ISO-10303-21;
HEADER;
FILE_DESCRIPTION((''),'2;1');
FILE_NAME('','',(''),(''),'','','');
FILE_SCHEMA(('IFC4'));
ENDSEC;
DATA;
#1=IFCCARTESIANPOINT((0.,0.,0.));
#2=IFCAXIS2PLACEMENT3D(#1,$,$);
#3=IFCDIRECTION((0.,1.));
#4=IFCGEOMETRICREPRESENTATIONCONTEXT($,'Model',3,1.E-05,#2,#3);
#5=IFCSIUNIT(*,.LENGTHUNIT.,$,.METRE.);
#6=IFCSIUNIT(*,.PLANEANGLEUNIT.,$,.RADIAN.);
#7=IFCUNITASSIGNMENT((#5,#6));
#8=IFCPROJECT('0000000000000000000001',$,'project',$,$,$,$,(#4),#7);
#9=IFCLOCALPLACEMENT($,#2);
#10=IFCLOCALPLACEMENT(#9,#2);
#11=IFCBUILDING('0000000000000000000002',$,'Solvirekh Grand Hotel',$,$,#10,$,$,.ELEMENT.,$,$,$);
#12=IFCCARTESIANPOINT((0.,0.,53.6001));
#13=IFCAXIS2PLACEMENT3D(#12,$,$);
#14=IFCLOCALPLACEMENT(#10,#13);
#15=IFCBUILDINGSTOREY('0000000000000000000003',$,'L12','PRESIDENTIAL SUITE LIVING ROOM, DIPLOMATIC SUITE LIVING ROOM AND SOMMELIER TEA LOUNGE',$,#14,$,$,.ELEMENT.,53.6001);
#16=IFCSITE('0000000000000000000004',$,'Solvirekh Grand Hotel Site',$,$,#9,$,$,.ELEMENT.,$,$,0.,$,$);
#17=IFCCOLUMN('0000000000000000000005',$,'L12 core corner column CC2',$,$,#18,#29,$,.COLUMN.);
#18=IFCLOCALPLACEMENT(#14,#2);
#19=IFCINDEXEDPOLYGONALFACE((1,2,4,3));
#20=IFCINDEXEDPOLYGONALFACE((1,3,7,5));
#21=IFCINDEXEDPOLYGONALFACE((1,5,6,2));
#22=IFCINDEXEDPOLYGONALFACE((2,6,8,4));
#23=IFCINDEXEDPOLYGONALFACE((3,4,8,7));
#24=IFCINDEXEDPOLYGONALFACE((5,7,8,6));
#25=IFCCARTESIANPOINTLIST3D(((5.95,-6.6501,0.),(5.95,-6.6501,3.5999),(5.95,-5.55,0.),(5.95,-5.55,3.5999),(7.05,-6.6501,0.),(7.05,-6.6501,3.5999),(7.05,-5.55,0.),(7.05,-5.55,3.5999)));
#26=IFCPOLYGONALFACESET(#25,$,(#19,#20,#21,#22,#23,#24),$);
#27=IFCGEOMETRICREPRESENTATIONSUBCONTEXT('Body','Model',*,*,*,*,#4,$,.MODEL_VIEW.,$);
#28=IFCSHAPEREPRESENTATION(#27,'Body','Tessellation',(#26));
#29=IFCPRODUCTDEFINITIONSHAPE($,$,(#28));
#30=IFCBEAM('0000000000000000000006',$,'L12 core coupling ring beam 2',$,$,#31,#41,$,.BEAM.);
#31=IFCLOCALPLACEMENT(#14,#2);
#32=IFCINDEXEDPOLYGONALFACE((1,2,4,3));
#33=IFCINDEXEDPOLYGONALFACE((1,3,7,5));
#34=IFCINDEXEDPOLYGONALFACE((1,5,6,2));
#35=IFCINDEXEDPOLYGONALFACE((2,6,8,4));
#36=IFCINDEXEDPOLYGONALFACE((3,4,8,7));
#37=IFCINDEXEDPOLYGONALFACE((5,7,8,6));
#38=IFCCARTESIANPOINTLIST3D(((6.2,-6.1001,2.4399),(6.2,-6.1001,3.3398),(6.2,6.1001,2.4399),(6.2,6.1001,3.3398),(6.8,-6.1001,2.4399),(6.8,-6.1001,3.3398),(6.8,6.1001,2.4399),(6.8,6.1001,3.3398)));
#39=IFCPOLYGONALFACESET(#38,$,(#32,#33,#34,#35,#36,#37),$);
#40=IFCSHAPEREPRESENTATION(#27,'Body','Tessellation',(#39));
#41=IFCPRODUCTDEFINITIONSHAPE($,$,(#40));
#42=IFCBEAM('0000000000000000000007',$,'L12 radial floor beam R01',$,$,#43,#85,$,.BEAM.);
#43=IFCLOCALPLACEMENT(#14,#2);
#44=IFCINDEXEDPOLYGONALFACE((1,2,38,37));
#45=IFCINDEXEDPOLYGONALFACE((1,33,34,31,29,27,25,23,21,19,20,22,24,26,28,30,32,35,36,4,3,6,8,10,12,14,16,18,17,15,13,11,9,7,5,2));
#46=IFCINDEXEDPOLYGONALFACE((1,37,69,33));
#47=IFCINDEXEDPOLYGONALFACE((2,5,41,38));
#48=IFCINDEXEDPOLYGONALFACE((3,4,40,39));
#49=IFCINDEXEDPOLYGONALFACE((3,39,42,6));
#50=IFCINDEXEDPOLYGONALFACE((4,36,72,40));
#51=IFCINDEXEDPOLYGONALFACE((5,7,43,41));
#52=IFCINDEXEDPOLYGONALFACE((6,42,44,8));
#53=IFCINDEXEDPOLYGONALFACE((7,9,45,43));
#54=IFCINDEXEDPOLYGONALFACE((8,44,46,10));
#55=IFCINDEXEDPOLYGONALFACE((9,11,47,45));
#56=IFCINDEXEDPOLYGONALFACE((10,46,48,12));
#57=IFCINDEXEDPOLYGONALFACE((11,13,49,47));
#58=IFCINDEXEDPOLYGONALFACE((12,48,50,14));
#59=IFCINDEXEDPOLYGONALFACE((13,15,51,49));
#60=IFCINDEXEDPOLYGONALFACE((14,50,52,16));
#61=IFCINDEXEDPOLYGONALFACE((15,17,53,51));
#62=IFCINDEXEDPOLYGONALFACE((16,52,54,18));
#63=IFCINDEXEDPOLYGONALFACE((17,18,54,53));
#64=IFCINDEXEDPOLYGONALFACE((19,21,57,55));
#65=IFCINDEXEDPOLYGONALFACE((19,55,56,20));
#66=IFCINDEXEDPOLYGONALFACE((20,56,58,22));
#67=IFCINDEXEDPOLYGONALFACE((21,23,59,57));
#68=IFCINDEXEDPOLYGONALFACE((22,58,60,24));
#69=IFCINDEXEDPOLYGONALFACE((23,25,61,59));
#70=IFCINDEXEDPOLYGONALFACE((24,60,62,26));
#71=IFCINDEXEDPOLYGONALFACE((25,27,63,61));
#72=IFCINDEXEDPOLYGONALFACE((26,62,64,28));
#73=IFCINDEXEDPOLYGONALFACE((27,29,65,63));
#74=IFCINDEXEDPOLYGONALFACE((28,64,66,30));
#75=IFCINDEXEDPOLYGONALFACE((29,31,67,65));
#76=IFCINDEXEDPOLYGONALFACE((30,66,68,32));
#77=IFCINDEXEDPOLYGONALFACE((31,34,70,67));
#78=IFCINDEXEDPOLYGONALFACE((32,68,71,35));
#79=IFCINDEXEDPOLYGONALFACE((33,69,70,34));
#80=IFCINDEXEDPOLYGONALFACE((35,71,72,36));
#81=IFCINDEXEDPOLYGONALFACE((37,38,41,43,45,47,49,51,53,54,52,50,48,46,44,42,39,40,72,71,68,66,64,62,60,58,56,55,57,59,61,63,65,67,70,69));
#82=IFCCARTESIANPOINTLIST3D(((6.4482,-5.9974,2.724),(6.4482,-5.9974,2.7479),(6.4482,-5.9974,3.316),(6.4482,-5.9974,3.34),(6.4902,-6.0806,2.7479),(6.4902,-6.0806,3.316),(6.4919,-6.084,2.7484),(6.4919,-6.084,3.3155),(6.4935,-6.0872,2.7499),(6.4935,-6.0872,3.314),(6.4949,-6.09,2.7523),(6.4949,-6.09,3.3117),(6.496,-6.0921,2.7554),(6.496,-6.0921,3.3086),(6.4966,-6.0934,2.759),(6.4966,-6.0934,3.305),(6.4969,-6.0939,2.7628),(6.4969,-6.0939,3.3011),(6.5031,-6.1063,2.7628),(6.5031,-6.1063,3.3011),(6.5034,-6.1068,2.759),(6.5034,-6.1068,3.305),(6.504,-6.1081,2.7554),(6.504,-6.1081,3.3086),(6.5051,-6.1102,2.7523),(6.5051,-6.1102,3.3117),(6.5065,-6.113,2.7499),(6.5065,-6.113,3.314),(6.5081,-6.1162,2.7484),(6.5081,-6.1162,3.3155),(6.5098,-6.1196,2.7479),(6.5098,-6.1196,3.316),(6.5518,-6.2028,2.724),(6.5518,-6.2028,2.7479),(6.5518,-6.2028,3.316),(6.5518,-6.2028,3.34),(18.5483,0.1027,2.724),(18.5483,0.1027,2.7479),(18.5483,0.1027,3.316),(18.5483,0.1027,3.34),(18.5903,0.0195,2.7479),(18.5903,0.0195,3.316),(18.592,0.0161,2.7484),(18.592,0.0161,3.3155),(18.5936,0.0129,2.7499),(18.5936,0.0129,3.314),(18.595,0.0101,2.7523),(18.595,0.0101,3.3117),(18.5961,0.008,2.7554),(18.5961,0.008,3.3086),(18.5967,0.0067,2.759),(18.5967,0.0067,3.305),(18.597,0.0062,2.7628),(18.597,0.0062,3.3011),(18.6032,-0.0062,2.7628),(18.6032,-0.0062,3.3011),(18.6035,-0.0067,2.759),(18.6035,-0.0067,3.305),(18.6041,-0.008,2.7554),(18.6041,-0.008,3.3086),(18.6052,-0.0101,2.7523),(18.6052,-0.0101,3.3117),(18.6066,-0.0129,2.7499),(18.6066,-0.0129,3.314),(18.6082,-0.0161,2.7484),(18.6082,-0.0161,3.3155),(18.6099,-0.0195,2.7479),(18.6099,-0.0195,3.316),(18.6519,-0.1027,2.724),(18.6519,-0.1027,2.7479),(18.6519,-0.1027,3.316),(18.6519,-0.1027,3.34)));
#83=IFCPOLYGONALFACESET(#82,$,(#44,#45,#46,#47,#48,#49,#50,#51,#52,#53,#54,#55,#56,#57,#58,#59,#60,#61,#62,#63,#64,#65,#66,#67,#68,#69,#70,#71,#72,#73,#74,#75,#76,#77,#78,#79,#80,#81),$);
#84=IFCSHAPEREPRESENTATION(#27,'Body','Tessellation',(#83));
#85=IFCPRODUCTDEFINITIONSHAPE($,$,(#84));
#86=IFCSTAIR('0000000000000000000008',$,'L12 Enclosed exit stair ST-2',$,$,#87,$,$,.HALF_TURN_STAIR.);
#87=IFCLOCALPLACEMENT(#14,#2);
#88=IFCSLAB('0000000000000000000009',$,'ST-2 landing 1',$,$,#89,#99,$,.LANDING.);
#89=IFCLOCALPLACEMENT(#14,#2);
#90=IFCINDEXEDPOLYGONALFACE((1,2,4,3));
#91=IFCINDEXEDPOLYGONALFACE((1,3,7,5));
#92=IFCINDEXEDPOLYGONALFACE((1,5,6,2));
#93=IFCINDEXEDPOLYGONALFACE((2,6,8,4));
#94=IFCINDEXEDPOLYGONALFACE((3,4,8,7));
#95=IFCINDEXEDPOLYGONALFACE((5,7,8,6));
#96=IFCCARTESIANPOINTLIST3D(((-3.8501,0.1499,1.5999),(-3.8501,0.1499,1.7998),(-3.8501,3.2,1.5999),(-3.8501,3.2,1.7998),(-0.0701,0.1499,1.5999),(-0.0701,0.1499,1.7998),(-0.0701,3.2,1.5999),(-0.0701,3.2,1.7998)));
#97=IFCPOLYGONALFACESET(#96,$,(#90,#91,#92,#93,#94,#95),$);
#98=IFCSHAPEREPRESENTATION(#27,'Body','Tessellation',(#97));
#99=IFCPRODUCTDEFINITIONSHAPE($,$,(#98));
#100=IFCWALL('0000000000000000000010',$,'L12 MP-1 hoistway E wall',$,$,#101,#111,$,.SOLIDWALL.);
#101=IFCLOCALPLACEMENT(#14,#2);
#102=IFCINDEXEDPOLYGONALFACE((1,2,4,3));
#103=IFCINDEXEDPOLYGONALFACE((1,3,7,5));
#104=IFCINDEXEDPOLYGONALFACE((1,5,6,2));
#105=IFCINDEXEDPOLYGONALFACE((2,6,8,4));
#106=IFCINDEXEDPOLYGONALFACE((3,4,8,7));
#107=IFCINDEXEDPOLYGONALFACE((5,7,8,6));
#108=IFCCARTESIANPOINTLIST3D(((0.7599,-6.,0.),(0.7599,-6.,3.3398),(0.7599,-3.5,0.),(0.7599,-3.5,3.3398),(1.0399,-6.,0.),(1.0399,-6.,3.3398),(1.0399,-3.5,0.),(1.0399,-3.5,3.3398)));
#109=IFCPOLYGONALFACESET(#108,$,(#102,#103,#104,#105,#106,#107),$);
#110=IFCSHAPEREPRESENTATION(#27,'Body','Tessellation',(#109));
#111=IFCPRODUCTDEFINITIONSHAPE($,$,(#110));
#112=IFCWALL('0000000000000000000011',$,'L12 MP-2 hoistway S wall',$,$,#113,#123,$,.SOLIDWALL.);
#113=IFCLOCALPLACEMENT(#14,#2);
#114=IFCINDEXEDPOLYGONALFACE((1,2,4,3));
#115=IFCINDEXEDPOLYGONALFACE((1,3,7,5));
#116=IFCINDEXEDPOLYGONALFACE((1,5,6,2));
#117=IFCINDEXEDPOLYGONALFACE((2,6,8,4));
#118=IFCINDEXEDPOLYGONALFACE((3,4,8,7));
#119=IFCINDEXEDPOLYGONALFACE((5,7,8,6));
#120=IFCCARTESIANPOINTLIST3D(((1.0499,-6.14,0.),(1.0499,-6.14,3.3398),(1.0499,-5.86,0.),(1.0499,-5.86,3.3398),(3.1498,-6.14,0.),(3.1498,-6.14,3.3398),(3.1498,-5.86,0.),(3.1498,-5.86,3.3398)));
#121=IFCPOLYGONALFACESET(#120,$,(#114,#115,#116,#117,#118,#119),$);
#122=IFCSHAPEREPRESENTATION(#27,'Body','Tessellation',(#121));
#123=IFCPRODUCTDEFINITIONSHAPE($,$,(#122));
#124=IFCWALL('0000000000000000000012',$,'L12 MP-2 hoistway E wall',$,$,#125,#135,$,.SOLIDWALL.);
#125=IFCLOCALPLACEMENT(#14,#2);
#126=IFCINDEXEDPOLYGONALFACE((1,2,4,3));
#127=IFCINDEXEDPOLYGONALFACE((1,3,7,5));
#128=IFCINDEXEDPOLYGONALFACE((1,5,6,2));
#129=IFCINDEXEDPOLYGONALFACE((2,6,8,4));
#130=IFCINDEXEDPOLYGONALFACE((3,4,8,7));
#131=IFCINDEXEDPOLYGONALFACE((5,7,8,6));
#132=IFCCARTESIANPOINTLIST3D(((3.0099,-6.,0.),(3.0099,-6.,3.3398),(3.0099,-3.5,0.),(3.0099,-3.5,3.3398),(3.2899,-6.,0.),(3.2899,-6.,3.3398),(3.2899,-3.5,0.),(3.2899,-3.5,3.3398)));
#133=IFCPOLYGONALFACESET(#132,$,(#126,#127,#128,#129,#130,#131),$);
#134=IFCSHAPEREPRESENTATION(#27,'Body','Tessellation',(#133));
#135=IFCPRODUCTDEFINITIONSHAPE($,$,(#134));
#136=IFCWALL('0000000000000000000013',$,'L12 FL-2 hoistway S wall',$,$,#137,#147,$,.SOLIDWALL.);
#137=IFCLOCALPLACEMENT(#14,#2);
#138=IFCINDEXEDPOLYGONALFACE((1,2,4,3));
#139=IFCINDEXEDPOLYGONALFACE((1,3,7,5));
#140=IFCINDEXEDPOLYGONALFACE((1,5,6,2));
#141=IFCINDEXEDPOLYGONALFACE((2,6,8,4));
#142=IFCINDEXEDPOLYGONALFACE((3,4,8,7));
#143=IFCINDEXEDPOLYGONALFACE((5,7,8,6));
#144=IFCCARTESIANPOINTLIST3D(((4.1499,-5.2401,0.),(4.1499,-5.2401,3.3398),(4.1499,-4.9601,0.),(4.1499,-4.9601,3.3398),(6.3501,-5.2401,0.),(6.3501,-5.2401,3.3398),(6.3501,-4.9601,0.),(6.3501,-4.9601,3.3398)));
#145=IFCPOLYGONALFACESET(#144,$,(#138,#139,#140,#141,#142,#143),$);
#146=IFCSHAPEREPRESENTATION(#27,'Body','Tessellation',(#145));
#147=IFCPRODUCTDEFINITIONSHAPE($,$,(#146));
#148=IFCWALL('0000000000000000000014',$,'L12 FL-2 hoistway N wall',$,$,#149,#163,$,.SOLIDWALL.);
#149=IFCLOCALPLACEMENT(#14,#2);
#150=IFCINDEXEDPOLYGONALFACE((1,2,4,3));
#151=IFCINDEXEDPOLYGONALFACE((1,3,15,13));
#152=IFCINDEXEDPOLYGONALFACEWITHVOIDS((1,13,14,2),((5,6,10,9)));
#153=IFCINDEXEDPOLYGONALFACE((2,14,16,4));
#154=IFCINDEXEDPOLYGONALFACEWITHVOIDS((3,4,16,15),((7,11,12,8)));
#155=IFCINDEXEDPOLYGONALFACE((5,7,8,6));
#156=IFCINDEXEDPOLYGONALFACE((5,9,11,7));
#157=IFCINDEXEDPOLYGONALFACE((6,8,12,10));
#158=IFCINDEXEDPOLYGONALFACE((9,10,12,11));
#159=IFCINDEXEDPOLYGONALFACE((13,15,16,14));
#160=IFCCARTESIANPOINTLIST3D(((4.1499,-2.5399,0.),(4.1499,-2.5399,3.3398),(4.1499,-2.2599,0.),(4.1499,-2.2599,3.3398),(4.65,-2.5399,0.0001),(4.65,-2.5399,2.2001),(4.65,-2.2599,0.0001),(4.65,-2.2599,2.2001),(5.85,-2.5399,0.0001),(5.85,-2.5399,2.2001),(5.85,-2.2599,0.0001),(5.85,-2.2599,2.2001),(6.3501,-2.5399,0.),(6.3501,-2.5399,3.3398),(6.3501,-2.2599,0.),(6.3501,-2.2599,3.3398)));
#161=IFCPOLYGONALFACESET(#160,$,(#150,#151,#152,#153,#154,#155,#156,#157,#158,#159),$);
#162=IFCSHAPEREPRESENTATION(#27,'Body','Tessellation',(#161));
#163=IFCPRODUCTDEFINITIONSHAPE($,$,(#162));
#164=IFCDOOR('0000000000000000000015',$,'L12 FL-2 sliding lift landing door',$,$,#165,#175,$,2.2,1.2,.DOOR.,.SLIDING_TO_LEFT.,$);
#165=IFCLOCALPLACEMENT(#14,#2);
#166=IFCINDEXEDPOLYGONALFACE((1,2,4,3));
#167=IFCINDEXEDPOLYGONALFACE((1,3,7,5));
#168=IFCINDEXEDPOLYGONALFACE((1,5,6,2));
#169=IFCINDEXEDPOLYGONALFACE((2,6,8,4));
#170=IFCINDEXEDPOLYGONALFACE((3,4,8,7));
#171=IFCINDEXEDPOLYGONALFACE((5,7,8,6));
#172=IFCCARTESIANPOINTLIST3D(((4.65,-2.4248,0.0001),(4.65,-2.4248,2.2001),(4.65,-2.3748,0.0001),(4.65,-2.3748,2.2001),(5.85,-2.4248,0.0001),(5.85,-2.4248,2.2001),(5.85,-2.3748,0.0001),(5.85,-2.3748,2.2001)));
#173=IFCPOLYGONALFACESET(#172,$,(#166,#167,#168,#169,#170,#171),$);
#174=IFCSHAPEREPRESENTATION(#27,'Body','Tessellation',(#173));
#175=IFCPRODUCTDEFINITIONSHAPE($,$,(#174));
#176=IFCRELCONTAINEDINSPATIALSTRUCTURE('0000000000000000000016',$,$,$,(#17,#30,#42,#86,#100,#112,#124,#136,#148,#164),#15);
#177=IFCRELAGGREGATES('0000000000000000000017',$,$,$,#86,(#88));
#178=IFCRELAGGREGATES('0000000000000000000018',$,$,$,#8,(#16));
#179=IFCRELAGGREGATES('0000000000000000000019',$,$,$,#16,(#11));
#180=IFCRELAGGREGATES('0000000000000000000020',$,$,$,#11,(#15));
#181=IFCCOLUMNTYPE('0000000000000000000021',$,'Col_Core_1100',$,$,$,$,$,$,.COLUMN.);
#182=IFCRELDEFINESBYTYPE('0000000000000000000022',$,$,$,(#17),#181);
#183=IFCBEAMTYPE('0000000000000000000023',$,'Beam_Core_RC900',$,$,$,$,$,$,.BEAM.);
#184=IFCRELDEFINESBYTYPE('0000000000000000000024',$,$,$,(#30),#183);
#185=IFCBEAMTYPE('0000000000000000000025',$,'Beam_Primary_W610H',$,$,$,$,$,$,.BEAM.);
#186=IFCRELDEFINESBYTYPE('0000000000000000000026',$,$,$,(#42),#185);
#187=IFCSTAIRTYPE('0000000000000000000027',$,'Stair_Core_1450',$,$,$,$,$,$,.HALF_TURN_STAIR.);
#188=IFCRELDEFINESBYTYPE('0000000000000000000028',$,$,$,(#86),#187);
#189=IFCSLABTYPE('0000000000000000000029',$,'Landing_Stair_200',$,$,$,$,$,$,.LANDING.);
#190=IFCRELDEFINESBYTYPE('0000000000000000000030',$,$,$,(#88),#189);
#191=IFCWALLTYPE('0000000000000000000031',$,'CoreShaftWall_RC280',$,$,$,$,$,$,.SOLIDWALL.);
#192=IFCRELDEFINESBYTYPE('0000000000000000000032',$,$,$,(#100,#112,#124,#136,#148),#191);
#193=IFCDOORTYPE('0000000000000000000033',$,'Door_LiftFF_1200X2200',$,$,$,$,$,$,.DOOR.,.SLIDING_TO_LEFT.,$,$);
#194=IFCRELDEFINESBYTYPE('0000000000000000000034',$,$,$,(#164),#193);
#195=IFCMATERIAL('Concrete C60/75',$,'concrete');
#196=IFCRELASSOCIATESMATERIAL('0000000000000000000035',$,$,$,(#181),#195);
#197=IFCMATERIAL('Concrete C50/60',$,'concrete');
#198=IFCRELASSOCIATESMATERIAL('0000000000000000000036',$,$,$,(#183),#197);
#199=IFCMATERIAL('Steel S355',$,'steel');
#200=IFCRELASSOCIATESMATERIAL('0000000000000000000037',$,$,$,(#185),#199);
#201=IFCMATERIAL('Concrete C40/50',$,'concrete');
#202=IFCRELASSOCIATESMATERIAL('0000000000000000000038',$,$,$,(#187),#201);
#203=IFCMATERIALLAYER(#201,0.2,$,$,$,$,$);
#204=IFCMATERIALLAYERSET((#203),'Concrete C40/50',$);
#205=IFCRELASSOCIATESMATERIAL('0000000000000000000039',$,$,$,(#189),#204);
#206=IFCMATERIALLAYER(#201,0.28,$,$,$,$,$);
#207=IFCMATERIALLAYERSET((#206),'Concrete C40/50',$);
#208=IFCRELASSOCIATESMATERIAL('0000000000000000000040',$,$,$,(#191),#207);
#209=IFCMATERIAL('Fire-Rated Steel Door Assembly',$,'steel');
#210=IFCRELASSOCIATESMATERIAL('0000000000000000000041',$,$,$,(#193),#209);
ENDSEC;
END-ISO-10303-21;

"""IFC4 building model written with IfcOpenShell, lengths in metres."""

from ifc_helpers import new_model, si_unit, direction, frame, frame_2d, origin, origin_2d, place, context, subcontext, project, spatial, polyline, rectangle, i_section, outline, extrude, material, layer, layer_set, material_profile, profile_set, type_object, element, fill, aggregate, save


model = new_model("IFC4")

# Units and contexts
model_context = context("Model", 3, precision=1e-05, world=origin(), true_north=direction((0.0, 1.0)))
body_context = subcontext(model_context, "Body", "Model", "MODEL_VIEW")
ifc_project = project(units=[si_unit("LENGTHUNIT", "METRE"), si_unit("PLANEANGLEUNIT", "RADIAN")], contexts=[model_context])

# Site, building, storey
site_placement = place(None, origin())
site = spatial("IfcSite", under=ifc_project, at=site_placement, Name="Solvirekh Grand Hotel Site", CompositionType="ELEMENT", RefElevation=0.0)
building_placement = place(site_placement, origin())
building = spatial("IfcBuilding", under=site, at=building_placement, Name="Solvirekh Grand Hotel", CompositionType="ELEMENT")
storey_placement = place(building_placement, frame((0.0, 0.0, 53.6001)))
storey = spatial("IfcBuildingStorey", under=building, at=storey_placement, Name="L12", Description="PRESIDENTIAL SUITE LIVING ROOM, DIPLOMATIC SUITE LIVING ROOM AND SOMMELIER TEA LOUNGE", CompositionType="ELEMENT", Elevation=53.6001)

# Column
ifc_material_1 = material(Name="Concrete C60/75", Category="concrete")
ifc_material_profile_1 = material_profile(ifc_material_1, rectangle(XDim=1.1001, YDim=1.1001, at=origin_2d()), Name="RC 1100X1100")
ifc_profile_set_1 = profile_set([ifc_material_profile_1], Name="Concrete C60/75")
column_type = type_object("IfcColumnType", Name="Col_Core_1100", PredefinedType="COLUMN", material=ifc_profile_set_1)
column_placement = place(storey_placement, frame((6.5, -6.1001, 0.0), z_axis=(0.0, 0.0, 1.0), x_axis=(1.0, 0.0, 0.0)))
element("IfcColumn", 1, at=column_placement, inside=storey, type_object=column_type, Name="L12 core corner column CC2", PredefinedType="COLUMN", context=body_context, shape_type="SweptSolid", body=[
    extrude(rectangle(XDim=1.1001, YDim=1.1001, at=origin_2d()), origin(), (0.0, 0.0, 1.0), 3.5999),
])

# Beams
ifc_material_2 = material(Name="Concrete C50/60", Category="concrete")
ifc_material_profile_2 = material_profile(ifc_material_2, rectangle(XDim=0.6001, YDim=0.8999, at=origin_2d()), Name="RC BEAM 600X900")
ifc_profile_set_2 = profile_set([ifc_material_profile_2], Name="Concrete C50/60")
beam_type_1 = type_object("IfcBeamType", Name="Beam_Core_RC900", PredefinedType="BEAM", material=ifc_profile_set_2)
beam_1_placement = place(storey_placement, frame((6.5, -6.1001, 2.8899), z_axis=(0.0, 1.0, 0.0), x_axis=(-1.0, 0.0, 0.0)))
element("IfcBeam", 2, at=beam_1_placement, inside=storey, type_object=beam_type_1, Name="L12 core coupling ring beam 2", PredefinedType="BEAM", context=body_context, shape_type="SweptSolid", body=[
    extrude(rectangle(XDim=0.6001, YDim=0.8999, at=origin_2d()), origin(), (0.0, 0.0, 1.0), 12.2002),
])
ifc_material_3 = material(Name="Steel S355", Category="steel")
ifc_material_profile_3 = material_profile(ifc_material_3, i_section(OverallWidth=0.23, OverallDepth=0.616, WebThickness=0.0139, FlangeThickness=0.0239, FilletRadius=0.0149, at=origin_2d()), Name="W610X174")
ifc_profile_set_3 = profile_set([ifc_material_profile_3], Name="Steel S355")
beam_type_2 = type_object("IfcBeamType", Name="Beam_Primary_W610H", PredefinedType="BEAM", material=ifc_profile_set_3)
beam_2_placement = place(storey_placement, frame((6.5, -6.1001, 3.032), z_axis=(0.892945, 0.450166, 0.0), x_axis=(-0.450166, 0.892945, 0.0)))
element("IfcBeam", 3, at=beam_2_placement, inside=storey, type_object=beam_type_2, Name="L12 radial floor beam R01", PredefinedType="BEAM", context=body_context, shape_type="SweptSolid", body=[
    extrude(i_section(OverallWidth=0.23, OverallDepth=0.616, WebThickness=0.0139, FlangeThickness=0.0239, FilletRadius=0.0149, at=origin_2d()), origin(), (0.0, 0.0, 1.0), 13.5508),
])

# Stair, slab
ifc_material_4 = material(Name="Concrete C40/50", Category="concrete")
stair_type = type_object("IfcStairType", Name="Stair_Core_1450", PredefinedType="HALF_TURN_STAIR", material=ifc_material_4)
stair_1_placement = place(storey_placement, origin())
stair_1 = element("IfcStair", 4, at=stair_1_placement, inside=storey, type_object=stair_type, Name="L12 Enclosed exit stair ST-2", PredefinedType="HALF_TURN_STAIR")
ifc_layer_1 = layer(ifc_material_4, 0.2)
ifc_layer_set_1 = layer_set([ifc_layer_1], Name="Concrete C40/50")
slab_type = type_object("IfcSlabType", Name="Landing_Stair_200", PredefinedType="LANDING", material=ifc_layer_set_1)
slab_placement = place(storey_placement, frame((0.0, 0.0, 1.5999)))
slab = element("IfcSlab", 5, at=slab_placement, type_object=slab_type, Name="ST-2 landing 1", PredefinedType="LANDING", context=body_context, shape_type="SweptSolid", body=[
    extrude(outline(polyline([(-0.0701, 3.2), (-3.8501, 3.2), (-3.8501, 0.1499), (-0.0701, 0.1499), (-0.0701, 3.2)])), origin(), (0.0, 0.0, 1.0), 0.2),
])
aggregate(stair_1, [slab])

# Walls
ifc_layer_2 = layer(ifc_material_4, 0.28)
ifc_layer_set_2 = layer_set([ifc_layer_2], Name="Concrete C40/50")
wall_type_1 = type_object("IfcWallType", Name="CoreShaftWall_RC280", PredefinedType="SOLIDWALL", material=ifc_layer_set_2)
wall_1_placement = place(storey_placement, frame((0.8999, -6.0, 0.0), z_axis=(0.0, 0.0, 1.0), x_axis=(0.0, 1.0, 0.0)))
element("IfcWall", 6, at=wall_1_placement, inside=storey, type_object=wall_type_1, Name="L12 MP-1 hoistway E wall", PredefinedType="SOLIDWALL", context=body_context, shape_type="SweptSolid", body=[
    extrude(rectangle(XDim=2.5, YDim=0.28, at=frame_2d((1.25, 0.0))), origin(), (0.0, 0.0, 1.0), 3.3398),
])
wall_2_placement = place(storey_placement, frame((1.05, -6.0, 0.0), z_axis=(0.0, 0.0, 1.0), x_axis=(1.0, 0.0, 0.0)))
element("IfcWall", 7, at=wall_2_placement, inside=storey, type_object=wall_type_1, Name="L12 MP-2 hoistway S wall", PredefinedType="SOLIDWALL", context=body_context, shape_type="SweptSolid", body=[
    extrude(rectangle(XDim=2.0999, YDim=0.28, at=frame_2d((1.0498, 0.0))), origin(), (0.0, 0.0, 1.0), 3.3398),
])
wall_3_placement = place(storey_placement, frame((3.1499, -6.0, 0.0), z_axis=(0.0, 0.0, 1.0), x_axis=(0.0, 1.0, 0.0)))
element("IfcWall", 8, at=wall_3_placement, inside=storey, type_object=wall_type_1, Name="L12 MP-2 hoistway E wall", PredefinedType="SOLIDWALL", context=body_context, shape_type="SweptSolid", body=[
    extrude(rectangle(XDim=2.5, YDim=0.28, at=frame_2d((1.25, 0.0))), origin(), (0.0, 0.0, 1.0), 3.3398),
])
wall_4_placement = place(storey_placement, frame((4.1499, -5.1001, 0.0), z_axis=(0.0, 0.0, 1.0), x_axis=(1.0, 0.0, 0.0)))
element("IfcWall", 9, at=wall_4_placement, inside=storey, type_object=wall_type_1, Name="L12 FL-2 hoistway S wall", PredefinedType="SOLIDWALL", context=body_context, shape_type="SweptSolid", body=[
    extrude(rectangle(XDim=2.2002, YDim=0.28, at=frame_2d((1.1001, 0.0))), origin(), (0.0, 0.0, 1.0), 3.3398),
])

# Wall, opening, door
wall_5_placement = place(storey_placement, frame((6.3501, -2.3999, 0.0), z_axis=(0.0, 0.0, 1.0), x_axis=(-1.0, 0.0, 0.0)))
wall_5 = element("IfcWall", 10, at=wall_5_placement, inside=storey, type_object=wall_type_1, Name="L12 FL-2 hoistway N wall", PredefinedType="SOLIDWALL", context=body_context, shape_type="SweptSolid", body=[
    extrude(rectangle(XDim=2.2002, YDim=0.28, at=frame_2d((1.1001, 0.0))), origin(), (0.0, 0.0, 1.0), 3.3398),
])
opening_1_placement = place(wall_5_placement, frame((0.5, 0.0, 0.0)))
opening_1 = element("IfcOpeningElement", 11, at=opening_1_placement, cuts=wall_5, PredefinedType="OPENING", context=body_context, shape_type="SweptSolid", body=[
    extrude(rectangle(XDim=1.2, YDim=2.2, at=frame_2d((0.6001, 1.1001))), frame((0.0, 0.1499, 0.0), z_axis=(0.0, -1.0, 0.0), x_axis=(1.0, 0.0, 0.0)), (0.0, 0.0, 1.0), 0.3),
])
ifc_material_5 = material(Name="Fire-Rated Steel Door Assembly", Category="steel")
door_type_1 = type_object("IfcDoorType", Name="Door_LiftFF_1200X2200", OperationType="SLIDING_TO_LEFT", PredefinedType="DOOR", material=ifc_material_5)
door_1_placement = place(opening_1_placement, origin())
door_1 = element("IfcDoor", 12, at=door_1_placement, inside=storey, type_object=door_type_1, Name="L12 FL-2 sliding lift landing door", OperationType="SLIDING_TO_LEFT", OverallHeight=2.2, OverallWidth=1.2, PredefinedType="DOOR", context=body_context, shape_type="SweptSolid", body=[
    extrude(rectangle(XDim=1.2, YDim=2.2, at=frame_2d((0.6001, 1.1001))), frame((0.0, 0.0249, 0.0), z_axis=(0.0, -1.0, 0.0), x_axis=(1.0, 0.0, 0.0)), (0.0, 0.0, 1.0), 0.05),
])
fill(opening_1, door_1)

save(model, "model.ifc")
